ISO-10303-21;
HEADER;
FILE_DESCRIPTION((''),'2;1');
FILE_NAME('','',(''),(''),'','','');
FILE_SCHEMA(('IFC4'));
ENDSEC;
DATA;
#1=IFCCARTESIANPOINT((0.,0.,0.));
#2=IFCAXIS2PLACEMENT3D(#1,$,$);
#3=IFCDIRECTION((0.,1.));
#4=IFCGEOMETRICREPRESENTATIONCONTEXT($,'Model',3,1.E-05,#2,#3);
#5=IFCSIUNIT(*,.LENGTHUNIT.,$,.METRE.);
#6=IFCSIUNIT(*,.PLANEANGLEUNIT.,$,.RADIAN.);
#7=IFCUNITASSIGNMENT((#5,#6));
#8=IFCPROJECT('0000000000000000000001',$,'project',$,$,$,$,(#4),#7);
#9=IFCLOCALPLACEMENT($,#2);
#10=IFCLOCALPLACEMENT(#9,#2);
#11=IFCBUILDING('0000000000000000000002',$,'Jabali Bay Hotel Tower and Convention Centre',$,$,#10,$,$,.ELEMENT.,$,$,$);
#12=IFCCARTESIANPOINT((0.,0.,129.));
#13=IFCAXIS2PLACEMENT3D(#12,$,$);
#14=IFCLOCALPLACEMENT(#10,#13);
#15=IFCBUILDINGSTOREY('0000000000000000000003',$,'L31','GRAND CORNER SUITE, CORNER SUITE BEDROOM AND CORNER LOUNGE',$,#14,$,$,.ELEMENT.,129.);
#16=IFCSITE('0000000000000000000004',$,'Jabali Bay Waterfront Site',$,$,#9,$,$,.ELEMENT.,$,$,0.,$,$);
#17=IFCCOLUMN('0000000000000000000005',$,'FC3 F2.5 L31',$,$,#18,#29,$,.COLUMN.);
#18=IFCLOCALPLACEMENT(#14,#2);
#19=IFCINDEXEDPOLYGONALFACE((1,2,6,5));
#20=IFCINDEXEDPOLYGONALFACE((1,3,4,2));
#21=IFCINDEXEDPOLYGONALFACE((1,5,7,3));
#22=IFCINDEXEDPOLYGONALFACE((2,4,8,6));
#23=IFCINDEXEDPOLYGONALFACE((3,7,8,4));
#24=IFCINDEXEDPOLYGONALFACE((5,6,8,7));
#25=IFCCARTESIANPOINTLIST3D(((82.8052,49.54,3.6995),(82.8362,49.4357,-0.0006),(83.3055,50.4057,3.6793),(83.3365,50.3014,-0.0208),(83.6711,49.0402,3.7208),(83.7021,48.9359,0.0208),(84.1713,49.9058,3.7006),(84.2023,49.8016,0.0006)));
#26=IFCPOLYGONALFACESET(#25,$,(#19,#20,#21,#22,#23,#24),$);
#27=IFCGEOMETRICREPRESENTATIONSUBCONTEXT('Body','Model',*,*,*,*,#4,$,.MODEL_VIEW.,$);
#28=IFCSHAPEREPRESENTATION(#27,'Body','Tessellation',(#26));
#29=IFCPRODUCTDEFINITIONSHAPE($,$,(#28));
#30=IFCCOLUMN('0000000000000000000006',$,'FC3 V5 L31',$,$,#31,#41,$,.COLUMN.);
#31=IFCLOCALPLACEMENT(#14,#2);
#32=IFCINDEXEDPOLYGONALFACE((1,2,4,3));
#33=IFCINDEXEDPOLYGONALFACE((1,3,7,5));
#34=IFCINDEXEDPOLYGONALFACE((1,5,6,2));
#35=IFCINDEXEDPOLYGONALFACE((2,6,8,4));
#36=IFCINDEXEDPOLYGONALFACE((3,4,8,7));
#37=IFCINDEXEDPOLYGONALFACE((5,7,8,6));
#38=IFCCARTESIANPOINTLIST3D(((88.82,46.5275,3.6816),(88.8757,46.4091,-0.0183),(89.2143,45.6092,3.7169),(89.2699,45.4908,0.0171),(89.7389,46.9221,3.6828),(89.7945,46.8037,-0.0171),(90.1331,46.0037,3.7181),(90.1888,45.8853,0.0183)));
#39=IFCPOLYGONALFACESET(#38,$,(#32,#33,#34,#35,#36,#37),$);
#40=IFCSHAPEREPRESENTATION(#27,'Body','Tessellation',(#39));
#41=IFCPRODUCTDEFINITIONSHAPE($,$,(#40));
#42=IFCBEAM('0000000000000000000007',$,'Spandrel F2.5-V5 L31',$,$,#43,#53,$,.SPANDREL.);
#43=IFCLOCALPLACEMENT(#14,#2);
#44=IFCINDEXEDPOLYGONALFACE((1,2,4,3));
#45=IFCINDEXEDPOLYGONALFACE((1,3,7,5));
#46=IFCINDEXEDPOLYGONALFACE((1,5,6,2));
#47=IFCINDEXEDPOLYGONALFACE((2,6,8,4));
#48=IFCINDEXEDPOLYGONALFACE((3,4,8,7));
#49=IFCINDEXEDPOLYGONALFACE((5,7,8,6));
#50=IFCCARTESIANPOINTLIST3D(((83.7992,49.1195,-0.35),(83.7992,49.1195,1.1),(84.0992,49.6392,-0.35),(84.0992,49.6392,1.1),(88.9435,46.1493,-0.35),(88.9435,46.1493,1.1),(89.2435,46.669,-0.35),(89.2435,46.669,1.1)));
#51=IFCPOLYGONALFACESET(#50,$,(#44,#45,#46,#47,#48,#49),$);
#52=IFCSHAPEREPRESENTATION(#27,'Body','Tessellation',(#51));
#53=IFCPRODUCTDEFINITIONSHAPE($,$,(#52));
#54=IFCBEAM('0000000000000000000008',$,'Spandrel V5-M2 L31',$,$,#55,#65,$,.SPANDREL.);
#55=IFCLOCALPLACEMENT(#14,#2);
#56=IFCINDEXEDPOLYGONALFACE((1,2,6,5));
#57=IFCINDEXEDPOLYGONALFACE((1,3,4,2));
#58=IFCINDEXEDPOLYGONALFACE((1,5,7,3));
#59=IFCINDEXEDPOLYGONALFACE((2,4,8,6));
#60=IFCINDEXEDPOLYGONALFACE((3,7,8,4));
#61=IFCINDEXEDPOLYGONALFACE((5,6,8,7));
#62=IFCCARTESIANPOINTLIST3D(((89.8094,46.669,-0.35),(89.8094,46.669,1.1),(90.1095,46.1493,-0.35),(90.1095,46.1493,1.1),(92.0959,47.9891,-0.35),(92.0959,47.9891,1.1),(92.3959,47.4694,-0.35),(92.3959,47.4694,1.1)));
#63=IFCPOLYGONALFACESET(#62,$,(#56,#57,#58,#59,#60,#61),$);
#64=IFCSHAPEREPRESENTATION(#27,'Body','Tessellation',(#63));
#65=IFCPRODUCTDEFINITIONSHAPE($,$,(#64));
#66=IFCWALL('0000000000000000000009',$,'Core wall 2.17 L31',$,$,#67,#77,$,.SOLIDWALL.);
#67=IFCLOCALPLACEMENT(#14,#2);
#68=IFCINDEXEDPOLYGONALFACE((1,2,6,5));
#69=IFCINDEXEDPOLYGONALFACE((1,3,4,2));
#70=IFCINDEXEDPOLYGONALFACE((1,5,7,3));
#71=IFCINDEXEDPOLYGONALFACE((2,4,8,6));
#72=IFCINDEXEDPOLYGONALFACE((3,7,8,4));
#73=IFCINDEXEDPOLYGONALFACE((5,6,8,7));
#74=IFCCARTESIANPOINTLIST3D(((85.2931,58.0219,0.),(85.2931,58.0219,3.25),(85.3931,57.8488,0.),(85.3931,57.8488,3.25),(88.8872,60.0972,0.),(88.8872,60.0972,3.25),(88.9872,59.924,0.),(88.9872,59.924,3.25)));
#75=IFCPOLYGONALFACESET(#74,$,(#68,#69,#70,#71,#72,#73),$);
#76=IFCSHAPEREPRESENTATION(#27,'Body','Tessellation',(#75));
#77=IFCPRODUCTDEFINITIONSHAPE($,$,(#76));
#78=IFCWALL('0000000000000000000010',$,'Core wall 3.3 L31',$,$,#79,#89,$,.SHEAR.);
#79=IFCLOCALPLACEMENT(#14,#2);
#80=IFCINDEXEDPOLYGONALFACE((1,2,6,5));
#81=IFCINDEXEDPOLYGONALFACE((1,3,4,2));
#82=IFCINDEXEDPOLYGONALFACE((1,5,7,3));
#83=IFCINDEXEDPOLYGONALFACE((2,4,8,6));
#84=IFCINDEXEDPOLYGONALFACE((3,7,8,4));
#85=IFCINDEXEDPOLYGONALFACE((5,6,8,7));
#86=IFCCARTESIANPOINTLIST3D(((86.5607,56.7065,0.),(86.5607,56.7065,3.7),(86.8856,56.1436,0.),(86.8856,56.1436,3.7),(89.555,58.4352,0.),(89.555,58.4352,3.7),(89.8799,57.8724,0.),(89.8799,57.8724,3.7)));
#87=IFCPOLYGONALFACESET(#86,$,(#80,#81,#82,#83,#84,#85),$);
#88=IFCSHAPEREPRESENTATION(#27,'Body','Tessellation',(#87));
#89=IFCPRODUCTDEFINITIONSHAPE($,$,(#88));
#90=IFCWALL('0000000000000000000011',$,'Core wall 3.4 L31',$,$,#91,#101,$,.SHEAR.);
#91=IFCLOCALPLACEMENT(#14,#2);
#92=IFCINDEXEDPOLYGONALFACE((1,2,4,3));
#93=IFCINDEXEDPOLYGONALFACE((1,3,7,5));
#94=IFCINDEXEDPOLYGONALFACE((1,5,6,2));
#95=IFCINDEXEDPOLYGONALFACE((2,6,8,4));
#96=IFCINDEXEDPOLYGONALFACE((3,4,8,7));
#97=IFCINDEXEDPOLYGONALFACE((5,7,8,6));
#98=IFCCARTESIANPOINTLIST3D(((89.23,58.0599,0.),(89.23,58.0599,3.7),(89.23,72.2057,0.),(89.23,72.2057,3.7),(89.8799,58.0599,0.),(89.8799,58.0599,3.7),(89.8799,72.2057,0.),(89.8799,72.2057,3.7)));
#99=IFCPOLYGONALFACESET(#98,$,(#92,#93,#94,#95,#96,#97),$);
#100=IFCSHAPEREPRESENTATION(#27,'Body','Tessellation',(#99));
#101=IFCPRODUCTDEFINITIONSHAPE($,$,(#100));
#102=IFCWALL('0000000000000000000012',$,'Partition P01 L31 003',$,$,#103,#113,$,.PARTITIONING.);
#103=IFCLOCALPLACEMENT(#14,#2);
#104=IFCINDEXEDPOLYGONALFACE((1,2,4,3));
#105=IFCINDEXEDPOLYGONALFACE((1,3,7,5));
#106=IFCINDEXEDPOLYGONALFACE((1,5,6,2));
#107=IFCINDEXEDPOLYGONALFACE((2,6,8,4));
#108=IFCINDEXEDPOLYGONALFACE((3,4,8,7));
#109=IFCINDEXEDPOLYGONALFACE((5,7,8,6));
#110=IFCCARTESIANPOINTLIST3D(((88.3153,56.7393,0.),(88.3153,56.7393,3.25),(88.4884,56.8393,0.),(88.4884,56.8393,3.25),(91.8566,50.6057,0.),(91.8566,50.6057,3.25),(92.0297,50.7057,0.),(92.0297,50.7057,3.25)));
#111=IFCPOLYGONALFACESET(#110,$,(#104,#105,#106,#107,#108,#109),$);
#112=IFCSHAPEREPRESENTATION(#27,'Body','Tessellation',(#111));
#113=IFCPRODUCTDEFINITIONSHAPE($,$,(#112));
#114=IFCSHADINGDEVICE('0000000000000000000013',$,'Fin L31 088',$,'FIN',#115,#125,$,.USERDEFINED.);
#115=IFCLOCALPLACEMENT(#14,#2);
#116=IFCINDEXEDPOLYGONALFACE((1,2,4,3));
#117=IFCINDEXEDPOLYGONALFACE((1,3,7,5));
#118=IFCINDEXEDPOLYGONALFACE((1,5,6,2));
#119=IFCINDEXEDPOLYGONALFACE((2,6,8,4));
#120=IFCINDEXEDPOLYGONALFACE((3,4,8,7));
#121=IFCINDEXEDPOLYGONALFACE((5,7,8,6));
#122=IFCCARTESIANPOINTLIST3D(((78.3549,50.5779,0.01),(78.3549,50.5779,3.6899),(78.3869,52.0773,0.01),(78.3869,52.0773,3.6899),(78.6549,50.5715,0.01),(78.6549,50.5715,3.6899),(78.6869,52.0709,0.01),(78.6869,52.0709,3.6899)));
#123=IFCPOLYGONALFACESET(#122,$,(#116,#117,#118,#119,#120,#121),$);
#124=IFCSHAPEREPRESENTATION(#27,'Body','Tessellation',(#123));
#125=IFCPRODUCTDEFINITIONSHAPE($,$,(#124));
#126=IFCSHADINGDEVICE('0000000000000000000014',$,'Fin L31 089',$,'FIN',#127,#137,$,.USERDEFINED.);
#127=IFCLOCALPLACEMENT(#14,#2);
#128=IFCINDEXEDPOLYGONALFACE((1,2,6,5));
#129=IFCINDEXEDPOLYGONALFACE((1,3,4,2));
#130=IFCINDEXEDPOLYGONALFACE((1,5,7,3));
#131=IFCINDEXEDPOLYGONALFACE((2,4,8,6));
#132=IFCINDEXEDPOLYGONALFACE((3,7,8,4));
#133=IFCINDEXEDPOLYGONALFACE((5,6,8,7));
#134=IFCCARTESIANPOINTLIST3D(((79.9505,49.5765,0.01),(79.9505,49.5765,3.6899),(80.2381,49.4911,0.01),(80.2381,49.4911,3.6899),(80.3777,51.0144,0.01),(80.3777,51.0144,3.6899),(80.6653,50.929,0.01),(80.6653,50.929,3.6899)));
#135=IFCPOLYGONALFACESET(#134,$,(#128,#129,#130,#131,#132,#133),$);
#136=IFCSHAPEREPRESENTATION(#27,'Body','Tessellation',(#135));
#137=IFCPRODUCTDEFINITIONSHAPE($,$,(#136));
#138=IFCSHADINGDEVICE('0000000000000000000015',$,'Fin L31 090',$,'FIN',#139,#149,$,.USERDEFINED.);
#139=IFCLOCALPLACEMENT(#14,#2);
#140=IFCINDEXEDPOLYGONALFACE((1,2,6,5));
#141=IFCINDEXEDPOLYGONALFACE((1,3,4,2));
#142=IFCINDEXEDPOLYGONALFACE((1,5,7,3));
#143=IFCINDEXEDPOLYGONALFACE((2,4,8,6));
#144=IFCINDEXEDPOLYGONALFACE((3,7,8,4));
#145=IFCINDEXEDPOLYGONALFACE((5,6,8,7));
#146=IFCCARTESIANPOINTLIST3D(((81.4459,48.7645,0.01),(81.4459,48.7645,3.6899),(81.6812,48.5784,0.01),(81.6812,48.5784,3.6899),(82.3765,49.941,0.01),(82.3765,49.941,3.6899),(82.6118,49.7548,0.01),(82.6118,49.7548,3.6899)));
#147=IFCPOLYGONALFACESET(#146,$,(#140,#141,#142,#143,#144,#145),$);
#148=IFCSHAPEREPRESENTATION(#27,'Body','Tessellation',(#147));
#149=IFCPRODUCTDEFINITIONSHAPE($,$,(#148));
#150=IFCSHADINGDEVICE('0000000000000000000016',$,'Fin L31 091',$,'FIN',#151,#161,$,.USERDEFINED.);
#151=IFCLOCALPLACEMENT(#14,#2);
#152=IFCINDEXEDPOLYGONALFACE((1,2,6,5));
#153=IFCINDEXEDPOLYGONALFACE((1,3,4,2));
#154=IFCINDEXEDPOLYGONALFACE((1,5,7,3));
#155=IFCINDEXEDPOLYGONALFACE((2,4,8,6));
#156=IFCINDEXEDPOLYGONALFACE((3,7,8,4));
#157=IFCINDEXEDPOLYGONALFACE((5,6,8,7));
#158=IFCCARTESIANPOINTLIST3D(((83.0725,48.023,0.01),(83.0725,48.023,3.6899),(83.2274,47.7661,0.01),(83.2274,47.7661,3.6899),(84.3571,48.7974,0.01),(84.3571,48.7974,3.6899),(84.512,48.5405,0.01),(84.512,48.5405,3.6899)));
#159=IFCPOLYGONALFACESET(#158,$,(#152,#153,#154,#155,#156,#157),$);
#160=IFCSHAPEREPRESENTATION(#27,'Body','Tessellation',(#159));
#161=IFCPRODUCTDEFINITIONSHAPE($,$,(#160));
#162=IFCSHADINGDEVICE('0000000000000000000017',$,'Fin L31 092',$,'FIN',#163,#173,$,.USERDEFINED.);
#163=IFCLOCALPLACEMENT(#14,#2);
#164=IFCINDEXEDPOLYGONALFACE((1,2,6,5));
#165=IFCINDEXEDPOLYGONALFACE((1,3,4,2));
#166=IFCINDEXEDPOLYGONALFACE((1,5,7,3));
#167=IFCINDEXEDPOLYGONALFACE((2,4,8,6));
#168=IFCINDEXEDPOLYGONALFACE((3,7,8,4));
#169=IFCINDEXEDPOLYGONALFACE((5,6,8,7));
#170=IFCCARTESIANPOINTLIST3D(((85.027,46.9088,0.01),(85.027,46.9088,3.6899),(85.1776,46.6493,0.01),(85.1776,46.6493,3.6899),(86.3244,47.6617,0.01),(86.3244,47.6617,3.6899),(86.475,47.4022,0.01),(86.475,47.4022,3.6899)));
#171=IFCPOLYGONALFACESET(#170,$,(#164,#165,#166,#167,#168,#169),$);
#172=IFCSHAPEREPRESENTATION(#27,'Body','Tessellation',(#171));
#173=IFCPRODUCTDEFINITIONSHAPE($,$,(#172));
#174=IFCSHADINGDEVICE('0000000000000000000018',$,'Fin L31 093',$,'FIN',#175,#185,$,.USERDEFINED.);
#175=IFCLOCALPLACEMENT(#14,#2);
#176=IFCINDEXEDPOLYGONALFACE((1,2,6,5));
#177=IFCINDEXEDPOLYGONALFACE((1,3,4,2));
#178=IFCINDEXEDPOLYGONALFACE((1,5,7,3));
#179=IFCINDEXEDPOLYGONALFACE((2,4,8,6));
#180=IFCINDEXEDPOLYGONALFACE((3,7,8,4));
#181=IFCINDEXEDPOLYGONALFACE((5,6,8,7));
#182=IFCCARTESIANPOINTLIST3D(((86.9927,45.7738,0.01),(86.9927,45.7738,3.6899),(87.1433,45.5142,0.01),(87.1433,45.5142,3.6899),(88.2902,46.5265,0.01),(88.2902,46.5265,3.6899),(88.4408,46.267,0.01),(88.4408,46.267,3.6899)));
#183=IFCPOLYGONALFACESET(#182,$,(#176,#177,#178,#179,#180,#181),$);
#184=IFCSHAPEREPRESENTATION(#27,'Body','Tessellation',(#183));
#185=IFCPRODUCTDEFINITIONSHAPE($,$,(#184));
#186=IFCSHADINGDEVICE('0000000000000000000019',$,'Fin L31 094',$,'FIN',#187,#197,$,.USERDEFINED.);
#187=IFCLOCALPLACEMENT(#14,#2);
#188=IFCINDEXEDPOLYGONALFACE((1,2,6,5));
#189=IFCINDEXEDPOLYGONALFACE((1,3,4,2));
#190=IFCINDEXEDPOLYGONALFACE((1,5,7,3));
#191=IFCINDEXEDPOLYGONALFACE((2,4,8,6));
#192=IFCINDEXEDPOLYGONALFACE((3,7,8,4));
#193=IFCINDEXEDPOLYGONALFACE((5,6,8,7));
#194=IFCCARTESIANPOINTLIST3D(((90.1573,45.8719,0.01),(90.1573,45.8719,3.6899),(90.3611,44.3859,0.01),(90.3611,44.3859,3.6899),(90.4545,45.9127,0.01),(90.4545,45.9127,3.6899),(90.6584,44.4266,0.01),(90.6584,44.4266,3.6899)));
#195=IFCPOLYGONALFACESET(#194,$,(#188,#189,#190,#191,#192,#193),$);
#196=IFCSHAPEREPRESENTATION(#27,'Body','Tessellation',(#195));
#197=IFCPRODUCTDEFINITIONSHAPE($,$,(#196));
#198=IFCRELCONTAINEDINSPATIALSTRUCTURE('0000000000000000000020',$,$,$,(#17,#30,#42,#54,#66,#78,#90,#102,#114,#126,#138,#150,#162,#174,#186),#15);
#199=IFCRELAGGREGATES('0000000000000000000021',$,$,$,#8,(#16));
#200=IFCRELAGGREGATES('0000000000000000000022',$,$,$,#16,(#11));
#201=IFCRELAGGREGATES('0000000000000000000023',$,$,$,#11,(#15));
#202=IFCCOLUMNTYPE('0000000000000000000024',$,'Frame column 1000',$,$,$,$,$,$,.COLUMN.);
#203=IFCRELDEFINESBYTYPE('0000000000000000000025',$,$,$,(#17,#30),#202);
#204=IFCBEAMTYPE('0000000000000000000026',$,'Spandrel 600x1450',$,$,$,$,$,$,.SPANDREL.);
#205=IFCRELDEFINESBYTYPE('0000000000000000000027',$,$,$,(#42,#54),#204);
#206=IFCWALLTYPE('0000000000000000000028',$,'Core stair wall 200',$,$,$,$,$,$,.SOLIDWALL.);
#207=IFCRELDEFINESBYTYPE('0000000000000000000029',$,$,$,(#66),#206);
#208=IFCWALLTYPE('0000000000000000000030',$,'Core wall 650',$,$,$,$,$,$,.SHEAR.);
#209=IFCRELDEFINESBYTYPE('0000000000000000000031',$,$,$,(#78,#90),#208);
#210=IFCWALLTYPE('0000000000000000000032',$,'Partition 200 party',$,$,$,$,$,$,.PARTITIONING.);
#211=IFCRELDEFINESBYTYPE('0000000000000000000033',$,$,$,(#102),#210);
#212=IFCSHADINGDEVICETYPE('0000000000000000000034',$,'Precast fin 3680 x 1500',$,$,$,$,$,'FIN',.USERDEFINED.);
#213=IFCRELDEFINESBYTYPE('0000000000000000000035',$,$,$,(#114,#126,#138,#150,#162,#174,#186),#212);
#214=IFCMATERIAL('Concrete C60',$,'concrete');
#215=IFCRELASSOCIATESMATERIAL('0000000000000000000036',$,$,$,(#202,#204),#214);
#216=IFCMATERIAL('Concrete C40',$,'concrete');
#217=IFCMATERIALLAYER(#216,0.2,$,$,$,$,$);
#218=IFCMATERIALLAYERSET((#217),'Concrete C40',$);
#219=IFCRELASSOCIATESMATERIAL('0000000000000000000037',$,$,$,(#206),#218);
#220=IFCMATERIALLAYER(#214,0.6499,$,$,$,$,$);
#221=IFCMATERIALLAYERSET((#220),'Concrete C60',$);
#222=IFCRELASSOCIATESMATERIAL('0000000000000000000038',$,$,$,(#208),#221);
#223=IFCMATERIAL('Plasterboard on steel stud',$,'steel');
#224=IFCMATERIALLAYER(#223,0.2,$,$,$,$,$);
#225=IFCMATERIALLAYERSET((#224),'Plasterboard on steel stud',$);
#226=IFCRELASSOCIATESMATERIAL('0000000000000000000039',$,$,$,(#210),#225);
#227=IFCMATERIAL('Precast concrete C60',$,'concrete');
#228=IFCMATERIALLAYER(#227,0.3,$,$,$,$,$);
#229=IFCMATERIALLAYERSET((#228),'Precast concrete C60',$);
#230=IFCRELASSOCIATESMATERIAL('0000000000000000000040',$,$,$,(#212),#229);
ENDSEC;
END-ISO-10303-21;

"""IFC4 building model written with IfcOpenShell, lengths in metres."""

from ifc_helpers import new_model, si_unit, direction, frame, frame_2d, origin, origin_2d, place, context, subcontext, project, spatial, rectangle, extrude, material, layer, layer_set, material_profile, profile_set, type_object, element, save


model = new_model("IFC4")

# Units and contexts
model_context = context("Model", 3, precision=1e-05, world=origin(), true_north=direction((0.0, 1.0)))
body_context = subcontext(model_context, "Body", "Model", "MODEL_VIEW")
ifc_project = project(units=[si_unit("LENGTHUNIT", "METRE"), si_unit("PLANEANGLEUNIT", "RADIAN")], contexts=[model_context])

# Site, building, storey
site_placement = place(None, origin())
site = spatial("IfcSite", under=ifc_project, at=site_placement, Name="Jabali Bay Waterfront Site", CompositionType="ELEMENT", RefElevation=0.0)
building_placement = place(site_placement, origin())
building = spatial("IfcBuilding", under=site, at=building_placement, Name="Jabali Bay Hotel Tower and Convention Centre", CompositionType="ELEMENT")
storey_placement = place(building_placement, frame((0.0, 0.0, 129.0)))
storey = spatial("IfcBuildingStorey", under=building, at=storey_placement, Name="L31", Description="GRAND CORNER SUITE, CORNER SUITE BEDROOM AND CORNER LOUNGE", CompositionType="ELEMENT", Elevation=129.0)

# Columns
ifc_material_1 = material(Name="Concrete C60", Category="concrete")
ifc_material_profile_1 = material_profile(ifc_material_1, rectangle(XDim=1.0, YDim=1.0, at=origin_2d()), Name="Frame column 1000")
ifc_profile_set_1 = profile_set([ifc_material_profile_1], Name="Concrete C60")
column_type = type_object("IfcColumnType", Name="Frame column 1000", PredefinedType="COLUMN", material=ifc_profile_set_1)
column_1_placement = place(storey_placement, frame((83.5193, 49.6187, 0.0), z_axis=(-0.008376, 0.028163, 0.999568), x_axis=(-0.500228, -0.865658, 0.020198)))
element("IfcColumn", 1, at=column_1_placement, inside=storey, type_object=column_type, Name="FC3 F2.5 L31", PredefinedType="COLUMN", context=body_context, shape_type="SweptSolid", body=[
    extrude(rectangle(XDim=1.0, YDim=1.0, at=origin_2d()), origin(), (0.0, 0.0, 1.0), 3.7017),
])
column_2_placement = place(storey_placement, frame((89.5322, 46.1472, 0.0), z_axis=(-0.015035, 0.031983, 0.999375), x_axis=(0.394265, -0.918318, 0.03532)))
element("IfcColumn", 2, at=column_2_placement, inside=storey, type_object=column_type, Name="FC3 V5 L31", PredefinedType="COLUMN", context=body_context, shape_type="SweptSolid", body=[
    extrude(rectangle(XDim=1.0, YDim=1.0, at=origin_2d()), origin(), (0.0, 0.0, 1.0), 3.7021),
])

# Beams
ifc_material_profile_2 = material_profile(ifc_material_1, rectangle(XDim=0.6001, YDim=1.45, at=origin_2d()), Name="Spandrel 600x1450")
ifc_profile_set_2 = profile_set([ifc_material_profile_2], Name="Concrete C60")
beam_type = type_object("IfcBeamType", Name="Spandrel 600x1450", PredefinedType="SPANDREL", material=ifc_profile_set_2)
beam_1_placement = place(storey_placement, frame((83.9492, 49.3794, 0.375), z_axis=(0.866014, -0.50002, 0.0), x_axis=(0.50002, 0.866014, 0.0)))
element("IfcBeam", 3, at=beam_1_placement, inside=storey, type_object=beam_type, Name="Spandrel F2.5-V5 L31", PredefinedType="SPANDREL", context=body_context, shape_type="SweptSolid", body=[
    extrude(rectangle(XDim=0.6001, YDim=1.45, at=origin_2d()), origin(), (0.0, 0.0, 1.0), 5.9402),
])
beam_2_placement = place(storey_placement, frame((89.9595, 46.4092, 0.375), z_axis=(0.866021, 0.500008, 0.0), x_axis=(-0.500008, 0.866021, 0.0)))
element("IfcBeam", 4, at=beam_2_placement, inside=storey, type_object=beam_type, Name="Spandrel V5-M2 L31", PredefinedType="SPANDREL", context=body_context, shape_type="SweptSolid", body=[
    extrude(rectangle(XDim=0.6001, YDim=1.45, at=origin_2d()), origin(), (0.0, 0.0, 1.0), 2.6401),
])

# Walls
ifc_material_2 = material(Name="Concrete C40", Category="concrete")
ifc_layer_1 = layer(ifc_material_2, 0.2)
ifc_layer_set_1 = layer_set([ifc_layer_1], Name="Concrete C40")
wall_type_1 = type_object("IfcWallType", Name="Core stair wall 200", PredefinedType="SOLIDWALL", material=ifc_layer_set_1)
wall_1_placement = place(storey_placement, frame((85.343, 57.9353, 0.0), z_axis=(0.0, 0.0, 1.0), x_axis=(0.866004, 0.500036, 0.0)))
element("IfcWall", 5, at=wall_1_placement, inside=storey, type_object=wall_type_1, Name="Core wall 2.17 L31", PredefinedType="SOLIDWALL", context=body_context, shape_type="SweptSolid", body=[
    extrude(rectangle(XDim=4.1501, YDim=0.2, at=frame_2d((2.0752, 0.0))), origin(), (0.0, 0.0, 1.0), 3.25),
])
ifc_layer_2 = layer(ifc_material_1, 0.6499)
ifc_layer_set_2 = layer_set([ifc_layer_2], Name="Concrete C60")
wall_type_2 = type_object("IfcWallType", Name="Core wall 650", PredefinedType="SHEAR", material=ifc_layer_set_2)
wall_2_placement = place(storey_placement, frame((86.7231, 56.425, 0.0), z_axis=(0.0, 0.0, 1.0), x_axis=(0.866032, 0.499989, 0.0)))
element("IfcWall", 6, at=wall_2_placement, inside=storey, type_object=wall_type_2, Name="Core wall 3.3 L31", PredefinedType="SHEAR", context=body_context, shape_type="SweptSolid", body=[
    extrude(rectangle(XDim=3.4575, YDim=0.6499, at=frame_2d((1.7288, 0.0))), origin(), (0.0, 0.0, 1.0), 3.7),
])
wall_3_placement = place(storey_placement, frame((89.5549, 58.0601, 0.0), z_axis=(0.0, 0.0, 1.0), x_axis=(0.0, 1.0, 0.0)))
element("IfcWall", 7, at=wall_3_placement, inside=storey, type_object=wall_type_2, Name="Core wall 3.4 L31", PredefinedType="SHEAR", context=body_context, shape_type="SweptSolid", body=[
    extrude(rectangle(XDim=14.1458, YDim=0.6499, at=frame_2d((7.0728, 0.0))), origin(), (0.0, 0.0, 1.0), 3.7),
])

# Wall
ifc_material_3 = material(Name="Plasterboard on steel stud", Category="steel")
ifc_layer_3 = layer(ifc_material_3, 0.2)
ifc_layer_set_3 = layer_set([ifc_layer_3], Name="Plasterboard on steel stud")
wall_type_3 = type_object("IfcWallType", Name="Partition 200 party", PredefinedType="PARTITIONING", material=ifc_layer_set_3)
wall_4_placement = place(storey_placement, frame((88.4019, 56.7893, 0.0), z_axis=(0.0, 0.0, 1.0), x_axis=(0.500006, -0.866022, 0.0)))
element("IfcWall", 8, at=wall_4_placement, inside=storey, type_object=wall_type_3, Name="Partition P01 L31 003", PredefinedType="PARTITIONING", context=body_context, shape_type="SweptSolid", body=[
    extrude(rectangle(XDim=7.0825, YDim=0.2, at=frame_2d((3.5413, 0.0))), origin(), (0.0, 0.0, 1.0), 3.25),
])

# Shading devices
ifc_material_4 = material(Name="Precast concrete C60", Category="concrete")
ifc_layer_4 = layer(ifc_material_4, 0.3)
ifc_layer_set_4 = layer_set([ifc_layer_4], Name="Precast concrete C60")
shading_device_type = type_object("IfcShadingDeviceType", Name="Precast fin 3680 x 1500", ElementType="FIN", PredefinedType="USERDEFINED", material=ifc_layer_set_4)
shading_device_placement = place(storey_placement, frame((78.5369, 52.0742, 0.01), z_axis=(0.0, 0.0, 1.0), x_axis=(-0.021324, -0.999773, 0.0)))
element("IfcShadingDevice", 9, at=shading_device_placement, inside=storey, type_object=shading_device_type, Name="Fin L31 088", ObjectType="FIN", PredefinedType="USERDEFINED", context=body_context, shape_type="SweptSolid", body=[
    extrude(rectangle(XDim=1.4998, YDim=0.3, at=frame_2d((0.75, 0.0))), origin(), (0.0, 0.0, 1.0), 3.6799),
])
for number, where, z_axis, x_axis, name in (
    (10, (80.5215, 50.9717, 0.01), (0.0, 0.0, 1.0), (-0.284809, -0.958584, 0.0), "Fin L31 089"),
    (11, (82.4941, 49.8479, 0.01), (0.0, 0.0, 1.0), (-0.620399, -0.784287, 0.0), "Fin L31 090"),
    (12, (84.4346, 48.6689, 0.01), (0.0, 0.0, 1.0), (-0.856428, -0.516266, 0.0), "Fin L31 091"),
    (13, (86.3997, 47.532, 0.01), (0.0, 0.0, 1.0), (-0.864898, -0.501947, 0.0), "Fin L31 092"),
    (14, (88.3655, 46.3967, 0.01), (0.0, 0.0, 1.0), (-0.864969, -0.501825, 0.0), "Fin L31 093"),
    (15, (90.3059, 45.8923, 0.01), (0.0, 0.0, 1.0), (0.135905, -0.990722, 0.0), "Fin L31 094"),
):
    element("IfcShadingDevice", number, at=place(storey_placement, frame(where, z_axis=z_axis, x_axis=x_axis)), inside=storey, type_object=shading_device_type, Name=name, ObjectType="FIN", PredefinedType="USERDEFINED", context=body_context, shape_type="SweptSolid", body=[
        extrude(rectangle(XDim=1.5, YDim=0.3, at=frame_2d((0.75, 0.0))), origin(), (0.0, 0.0, 1.0), 3.6799),
    ])

save(model, "model.ifc")
